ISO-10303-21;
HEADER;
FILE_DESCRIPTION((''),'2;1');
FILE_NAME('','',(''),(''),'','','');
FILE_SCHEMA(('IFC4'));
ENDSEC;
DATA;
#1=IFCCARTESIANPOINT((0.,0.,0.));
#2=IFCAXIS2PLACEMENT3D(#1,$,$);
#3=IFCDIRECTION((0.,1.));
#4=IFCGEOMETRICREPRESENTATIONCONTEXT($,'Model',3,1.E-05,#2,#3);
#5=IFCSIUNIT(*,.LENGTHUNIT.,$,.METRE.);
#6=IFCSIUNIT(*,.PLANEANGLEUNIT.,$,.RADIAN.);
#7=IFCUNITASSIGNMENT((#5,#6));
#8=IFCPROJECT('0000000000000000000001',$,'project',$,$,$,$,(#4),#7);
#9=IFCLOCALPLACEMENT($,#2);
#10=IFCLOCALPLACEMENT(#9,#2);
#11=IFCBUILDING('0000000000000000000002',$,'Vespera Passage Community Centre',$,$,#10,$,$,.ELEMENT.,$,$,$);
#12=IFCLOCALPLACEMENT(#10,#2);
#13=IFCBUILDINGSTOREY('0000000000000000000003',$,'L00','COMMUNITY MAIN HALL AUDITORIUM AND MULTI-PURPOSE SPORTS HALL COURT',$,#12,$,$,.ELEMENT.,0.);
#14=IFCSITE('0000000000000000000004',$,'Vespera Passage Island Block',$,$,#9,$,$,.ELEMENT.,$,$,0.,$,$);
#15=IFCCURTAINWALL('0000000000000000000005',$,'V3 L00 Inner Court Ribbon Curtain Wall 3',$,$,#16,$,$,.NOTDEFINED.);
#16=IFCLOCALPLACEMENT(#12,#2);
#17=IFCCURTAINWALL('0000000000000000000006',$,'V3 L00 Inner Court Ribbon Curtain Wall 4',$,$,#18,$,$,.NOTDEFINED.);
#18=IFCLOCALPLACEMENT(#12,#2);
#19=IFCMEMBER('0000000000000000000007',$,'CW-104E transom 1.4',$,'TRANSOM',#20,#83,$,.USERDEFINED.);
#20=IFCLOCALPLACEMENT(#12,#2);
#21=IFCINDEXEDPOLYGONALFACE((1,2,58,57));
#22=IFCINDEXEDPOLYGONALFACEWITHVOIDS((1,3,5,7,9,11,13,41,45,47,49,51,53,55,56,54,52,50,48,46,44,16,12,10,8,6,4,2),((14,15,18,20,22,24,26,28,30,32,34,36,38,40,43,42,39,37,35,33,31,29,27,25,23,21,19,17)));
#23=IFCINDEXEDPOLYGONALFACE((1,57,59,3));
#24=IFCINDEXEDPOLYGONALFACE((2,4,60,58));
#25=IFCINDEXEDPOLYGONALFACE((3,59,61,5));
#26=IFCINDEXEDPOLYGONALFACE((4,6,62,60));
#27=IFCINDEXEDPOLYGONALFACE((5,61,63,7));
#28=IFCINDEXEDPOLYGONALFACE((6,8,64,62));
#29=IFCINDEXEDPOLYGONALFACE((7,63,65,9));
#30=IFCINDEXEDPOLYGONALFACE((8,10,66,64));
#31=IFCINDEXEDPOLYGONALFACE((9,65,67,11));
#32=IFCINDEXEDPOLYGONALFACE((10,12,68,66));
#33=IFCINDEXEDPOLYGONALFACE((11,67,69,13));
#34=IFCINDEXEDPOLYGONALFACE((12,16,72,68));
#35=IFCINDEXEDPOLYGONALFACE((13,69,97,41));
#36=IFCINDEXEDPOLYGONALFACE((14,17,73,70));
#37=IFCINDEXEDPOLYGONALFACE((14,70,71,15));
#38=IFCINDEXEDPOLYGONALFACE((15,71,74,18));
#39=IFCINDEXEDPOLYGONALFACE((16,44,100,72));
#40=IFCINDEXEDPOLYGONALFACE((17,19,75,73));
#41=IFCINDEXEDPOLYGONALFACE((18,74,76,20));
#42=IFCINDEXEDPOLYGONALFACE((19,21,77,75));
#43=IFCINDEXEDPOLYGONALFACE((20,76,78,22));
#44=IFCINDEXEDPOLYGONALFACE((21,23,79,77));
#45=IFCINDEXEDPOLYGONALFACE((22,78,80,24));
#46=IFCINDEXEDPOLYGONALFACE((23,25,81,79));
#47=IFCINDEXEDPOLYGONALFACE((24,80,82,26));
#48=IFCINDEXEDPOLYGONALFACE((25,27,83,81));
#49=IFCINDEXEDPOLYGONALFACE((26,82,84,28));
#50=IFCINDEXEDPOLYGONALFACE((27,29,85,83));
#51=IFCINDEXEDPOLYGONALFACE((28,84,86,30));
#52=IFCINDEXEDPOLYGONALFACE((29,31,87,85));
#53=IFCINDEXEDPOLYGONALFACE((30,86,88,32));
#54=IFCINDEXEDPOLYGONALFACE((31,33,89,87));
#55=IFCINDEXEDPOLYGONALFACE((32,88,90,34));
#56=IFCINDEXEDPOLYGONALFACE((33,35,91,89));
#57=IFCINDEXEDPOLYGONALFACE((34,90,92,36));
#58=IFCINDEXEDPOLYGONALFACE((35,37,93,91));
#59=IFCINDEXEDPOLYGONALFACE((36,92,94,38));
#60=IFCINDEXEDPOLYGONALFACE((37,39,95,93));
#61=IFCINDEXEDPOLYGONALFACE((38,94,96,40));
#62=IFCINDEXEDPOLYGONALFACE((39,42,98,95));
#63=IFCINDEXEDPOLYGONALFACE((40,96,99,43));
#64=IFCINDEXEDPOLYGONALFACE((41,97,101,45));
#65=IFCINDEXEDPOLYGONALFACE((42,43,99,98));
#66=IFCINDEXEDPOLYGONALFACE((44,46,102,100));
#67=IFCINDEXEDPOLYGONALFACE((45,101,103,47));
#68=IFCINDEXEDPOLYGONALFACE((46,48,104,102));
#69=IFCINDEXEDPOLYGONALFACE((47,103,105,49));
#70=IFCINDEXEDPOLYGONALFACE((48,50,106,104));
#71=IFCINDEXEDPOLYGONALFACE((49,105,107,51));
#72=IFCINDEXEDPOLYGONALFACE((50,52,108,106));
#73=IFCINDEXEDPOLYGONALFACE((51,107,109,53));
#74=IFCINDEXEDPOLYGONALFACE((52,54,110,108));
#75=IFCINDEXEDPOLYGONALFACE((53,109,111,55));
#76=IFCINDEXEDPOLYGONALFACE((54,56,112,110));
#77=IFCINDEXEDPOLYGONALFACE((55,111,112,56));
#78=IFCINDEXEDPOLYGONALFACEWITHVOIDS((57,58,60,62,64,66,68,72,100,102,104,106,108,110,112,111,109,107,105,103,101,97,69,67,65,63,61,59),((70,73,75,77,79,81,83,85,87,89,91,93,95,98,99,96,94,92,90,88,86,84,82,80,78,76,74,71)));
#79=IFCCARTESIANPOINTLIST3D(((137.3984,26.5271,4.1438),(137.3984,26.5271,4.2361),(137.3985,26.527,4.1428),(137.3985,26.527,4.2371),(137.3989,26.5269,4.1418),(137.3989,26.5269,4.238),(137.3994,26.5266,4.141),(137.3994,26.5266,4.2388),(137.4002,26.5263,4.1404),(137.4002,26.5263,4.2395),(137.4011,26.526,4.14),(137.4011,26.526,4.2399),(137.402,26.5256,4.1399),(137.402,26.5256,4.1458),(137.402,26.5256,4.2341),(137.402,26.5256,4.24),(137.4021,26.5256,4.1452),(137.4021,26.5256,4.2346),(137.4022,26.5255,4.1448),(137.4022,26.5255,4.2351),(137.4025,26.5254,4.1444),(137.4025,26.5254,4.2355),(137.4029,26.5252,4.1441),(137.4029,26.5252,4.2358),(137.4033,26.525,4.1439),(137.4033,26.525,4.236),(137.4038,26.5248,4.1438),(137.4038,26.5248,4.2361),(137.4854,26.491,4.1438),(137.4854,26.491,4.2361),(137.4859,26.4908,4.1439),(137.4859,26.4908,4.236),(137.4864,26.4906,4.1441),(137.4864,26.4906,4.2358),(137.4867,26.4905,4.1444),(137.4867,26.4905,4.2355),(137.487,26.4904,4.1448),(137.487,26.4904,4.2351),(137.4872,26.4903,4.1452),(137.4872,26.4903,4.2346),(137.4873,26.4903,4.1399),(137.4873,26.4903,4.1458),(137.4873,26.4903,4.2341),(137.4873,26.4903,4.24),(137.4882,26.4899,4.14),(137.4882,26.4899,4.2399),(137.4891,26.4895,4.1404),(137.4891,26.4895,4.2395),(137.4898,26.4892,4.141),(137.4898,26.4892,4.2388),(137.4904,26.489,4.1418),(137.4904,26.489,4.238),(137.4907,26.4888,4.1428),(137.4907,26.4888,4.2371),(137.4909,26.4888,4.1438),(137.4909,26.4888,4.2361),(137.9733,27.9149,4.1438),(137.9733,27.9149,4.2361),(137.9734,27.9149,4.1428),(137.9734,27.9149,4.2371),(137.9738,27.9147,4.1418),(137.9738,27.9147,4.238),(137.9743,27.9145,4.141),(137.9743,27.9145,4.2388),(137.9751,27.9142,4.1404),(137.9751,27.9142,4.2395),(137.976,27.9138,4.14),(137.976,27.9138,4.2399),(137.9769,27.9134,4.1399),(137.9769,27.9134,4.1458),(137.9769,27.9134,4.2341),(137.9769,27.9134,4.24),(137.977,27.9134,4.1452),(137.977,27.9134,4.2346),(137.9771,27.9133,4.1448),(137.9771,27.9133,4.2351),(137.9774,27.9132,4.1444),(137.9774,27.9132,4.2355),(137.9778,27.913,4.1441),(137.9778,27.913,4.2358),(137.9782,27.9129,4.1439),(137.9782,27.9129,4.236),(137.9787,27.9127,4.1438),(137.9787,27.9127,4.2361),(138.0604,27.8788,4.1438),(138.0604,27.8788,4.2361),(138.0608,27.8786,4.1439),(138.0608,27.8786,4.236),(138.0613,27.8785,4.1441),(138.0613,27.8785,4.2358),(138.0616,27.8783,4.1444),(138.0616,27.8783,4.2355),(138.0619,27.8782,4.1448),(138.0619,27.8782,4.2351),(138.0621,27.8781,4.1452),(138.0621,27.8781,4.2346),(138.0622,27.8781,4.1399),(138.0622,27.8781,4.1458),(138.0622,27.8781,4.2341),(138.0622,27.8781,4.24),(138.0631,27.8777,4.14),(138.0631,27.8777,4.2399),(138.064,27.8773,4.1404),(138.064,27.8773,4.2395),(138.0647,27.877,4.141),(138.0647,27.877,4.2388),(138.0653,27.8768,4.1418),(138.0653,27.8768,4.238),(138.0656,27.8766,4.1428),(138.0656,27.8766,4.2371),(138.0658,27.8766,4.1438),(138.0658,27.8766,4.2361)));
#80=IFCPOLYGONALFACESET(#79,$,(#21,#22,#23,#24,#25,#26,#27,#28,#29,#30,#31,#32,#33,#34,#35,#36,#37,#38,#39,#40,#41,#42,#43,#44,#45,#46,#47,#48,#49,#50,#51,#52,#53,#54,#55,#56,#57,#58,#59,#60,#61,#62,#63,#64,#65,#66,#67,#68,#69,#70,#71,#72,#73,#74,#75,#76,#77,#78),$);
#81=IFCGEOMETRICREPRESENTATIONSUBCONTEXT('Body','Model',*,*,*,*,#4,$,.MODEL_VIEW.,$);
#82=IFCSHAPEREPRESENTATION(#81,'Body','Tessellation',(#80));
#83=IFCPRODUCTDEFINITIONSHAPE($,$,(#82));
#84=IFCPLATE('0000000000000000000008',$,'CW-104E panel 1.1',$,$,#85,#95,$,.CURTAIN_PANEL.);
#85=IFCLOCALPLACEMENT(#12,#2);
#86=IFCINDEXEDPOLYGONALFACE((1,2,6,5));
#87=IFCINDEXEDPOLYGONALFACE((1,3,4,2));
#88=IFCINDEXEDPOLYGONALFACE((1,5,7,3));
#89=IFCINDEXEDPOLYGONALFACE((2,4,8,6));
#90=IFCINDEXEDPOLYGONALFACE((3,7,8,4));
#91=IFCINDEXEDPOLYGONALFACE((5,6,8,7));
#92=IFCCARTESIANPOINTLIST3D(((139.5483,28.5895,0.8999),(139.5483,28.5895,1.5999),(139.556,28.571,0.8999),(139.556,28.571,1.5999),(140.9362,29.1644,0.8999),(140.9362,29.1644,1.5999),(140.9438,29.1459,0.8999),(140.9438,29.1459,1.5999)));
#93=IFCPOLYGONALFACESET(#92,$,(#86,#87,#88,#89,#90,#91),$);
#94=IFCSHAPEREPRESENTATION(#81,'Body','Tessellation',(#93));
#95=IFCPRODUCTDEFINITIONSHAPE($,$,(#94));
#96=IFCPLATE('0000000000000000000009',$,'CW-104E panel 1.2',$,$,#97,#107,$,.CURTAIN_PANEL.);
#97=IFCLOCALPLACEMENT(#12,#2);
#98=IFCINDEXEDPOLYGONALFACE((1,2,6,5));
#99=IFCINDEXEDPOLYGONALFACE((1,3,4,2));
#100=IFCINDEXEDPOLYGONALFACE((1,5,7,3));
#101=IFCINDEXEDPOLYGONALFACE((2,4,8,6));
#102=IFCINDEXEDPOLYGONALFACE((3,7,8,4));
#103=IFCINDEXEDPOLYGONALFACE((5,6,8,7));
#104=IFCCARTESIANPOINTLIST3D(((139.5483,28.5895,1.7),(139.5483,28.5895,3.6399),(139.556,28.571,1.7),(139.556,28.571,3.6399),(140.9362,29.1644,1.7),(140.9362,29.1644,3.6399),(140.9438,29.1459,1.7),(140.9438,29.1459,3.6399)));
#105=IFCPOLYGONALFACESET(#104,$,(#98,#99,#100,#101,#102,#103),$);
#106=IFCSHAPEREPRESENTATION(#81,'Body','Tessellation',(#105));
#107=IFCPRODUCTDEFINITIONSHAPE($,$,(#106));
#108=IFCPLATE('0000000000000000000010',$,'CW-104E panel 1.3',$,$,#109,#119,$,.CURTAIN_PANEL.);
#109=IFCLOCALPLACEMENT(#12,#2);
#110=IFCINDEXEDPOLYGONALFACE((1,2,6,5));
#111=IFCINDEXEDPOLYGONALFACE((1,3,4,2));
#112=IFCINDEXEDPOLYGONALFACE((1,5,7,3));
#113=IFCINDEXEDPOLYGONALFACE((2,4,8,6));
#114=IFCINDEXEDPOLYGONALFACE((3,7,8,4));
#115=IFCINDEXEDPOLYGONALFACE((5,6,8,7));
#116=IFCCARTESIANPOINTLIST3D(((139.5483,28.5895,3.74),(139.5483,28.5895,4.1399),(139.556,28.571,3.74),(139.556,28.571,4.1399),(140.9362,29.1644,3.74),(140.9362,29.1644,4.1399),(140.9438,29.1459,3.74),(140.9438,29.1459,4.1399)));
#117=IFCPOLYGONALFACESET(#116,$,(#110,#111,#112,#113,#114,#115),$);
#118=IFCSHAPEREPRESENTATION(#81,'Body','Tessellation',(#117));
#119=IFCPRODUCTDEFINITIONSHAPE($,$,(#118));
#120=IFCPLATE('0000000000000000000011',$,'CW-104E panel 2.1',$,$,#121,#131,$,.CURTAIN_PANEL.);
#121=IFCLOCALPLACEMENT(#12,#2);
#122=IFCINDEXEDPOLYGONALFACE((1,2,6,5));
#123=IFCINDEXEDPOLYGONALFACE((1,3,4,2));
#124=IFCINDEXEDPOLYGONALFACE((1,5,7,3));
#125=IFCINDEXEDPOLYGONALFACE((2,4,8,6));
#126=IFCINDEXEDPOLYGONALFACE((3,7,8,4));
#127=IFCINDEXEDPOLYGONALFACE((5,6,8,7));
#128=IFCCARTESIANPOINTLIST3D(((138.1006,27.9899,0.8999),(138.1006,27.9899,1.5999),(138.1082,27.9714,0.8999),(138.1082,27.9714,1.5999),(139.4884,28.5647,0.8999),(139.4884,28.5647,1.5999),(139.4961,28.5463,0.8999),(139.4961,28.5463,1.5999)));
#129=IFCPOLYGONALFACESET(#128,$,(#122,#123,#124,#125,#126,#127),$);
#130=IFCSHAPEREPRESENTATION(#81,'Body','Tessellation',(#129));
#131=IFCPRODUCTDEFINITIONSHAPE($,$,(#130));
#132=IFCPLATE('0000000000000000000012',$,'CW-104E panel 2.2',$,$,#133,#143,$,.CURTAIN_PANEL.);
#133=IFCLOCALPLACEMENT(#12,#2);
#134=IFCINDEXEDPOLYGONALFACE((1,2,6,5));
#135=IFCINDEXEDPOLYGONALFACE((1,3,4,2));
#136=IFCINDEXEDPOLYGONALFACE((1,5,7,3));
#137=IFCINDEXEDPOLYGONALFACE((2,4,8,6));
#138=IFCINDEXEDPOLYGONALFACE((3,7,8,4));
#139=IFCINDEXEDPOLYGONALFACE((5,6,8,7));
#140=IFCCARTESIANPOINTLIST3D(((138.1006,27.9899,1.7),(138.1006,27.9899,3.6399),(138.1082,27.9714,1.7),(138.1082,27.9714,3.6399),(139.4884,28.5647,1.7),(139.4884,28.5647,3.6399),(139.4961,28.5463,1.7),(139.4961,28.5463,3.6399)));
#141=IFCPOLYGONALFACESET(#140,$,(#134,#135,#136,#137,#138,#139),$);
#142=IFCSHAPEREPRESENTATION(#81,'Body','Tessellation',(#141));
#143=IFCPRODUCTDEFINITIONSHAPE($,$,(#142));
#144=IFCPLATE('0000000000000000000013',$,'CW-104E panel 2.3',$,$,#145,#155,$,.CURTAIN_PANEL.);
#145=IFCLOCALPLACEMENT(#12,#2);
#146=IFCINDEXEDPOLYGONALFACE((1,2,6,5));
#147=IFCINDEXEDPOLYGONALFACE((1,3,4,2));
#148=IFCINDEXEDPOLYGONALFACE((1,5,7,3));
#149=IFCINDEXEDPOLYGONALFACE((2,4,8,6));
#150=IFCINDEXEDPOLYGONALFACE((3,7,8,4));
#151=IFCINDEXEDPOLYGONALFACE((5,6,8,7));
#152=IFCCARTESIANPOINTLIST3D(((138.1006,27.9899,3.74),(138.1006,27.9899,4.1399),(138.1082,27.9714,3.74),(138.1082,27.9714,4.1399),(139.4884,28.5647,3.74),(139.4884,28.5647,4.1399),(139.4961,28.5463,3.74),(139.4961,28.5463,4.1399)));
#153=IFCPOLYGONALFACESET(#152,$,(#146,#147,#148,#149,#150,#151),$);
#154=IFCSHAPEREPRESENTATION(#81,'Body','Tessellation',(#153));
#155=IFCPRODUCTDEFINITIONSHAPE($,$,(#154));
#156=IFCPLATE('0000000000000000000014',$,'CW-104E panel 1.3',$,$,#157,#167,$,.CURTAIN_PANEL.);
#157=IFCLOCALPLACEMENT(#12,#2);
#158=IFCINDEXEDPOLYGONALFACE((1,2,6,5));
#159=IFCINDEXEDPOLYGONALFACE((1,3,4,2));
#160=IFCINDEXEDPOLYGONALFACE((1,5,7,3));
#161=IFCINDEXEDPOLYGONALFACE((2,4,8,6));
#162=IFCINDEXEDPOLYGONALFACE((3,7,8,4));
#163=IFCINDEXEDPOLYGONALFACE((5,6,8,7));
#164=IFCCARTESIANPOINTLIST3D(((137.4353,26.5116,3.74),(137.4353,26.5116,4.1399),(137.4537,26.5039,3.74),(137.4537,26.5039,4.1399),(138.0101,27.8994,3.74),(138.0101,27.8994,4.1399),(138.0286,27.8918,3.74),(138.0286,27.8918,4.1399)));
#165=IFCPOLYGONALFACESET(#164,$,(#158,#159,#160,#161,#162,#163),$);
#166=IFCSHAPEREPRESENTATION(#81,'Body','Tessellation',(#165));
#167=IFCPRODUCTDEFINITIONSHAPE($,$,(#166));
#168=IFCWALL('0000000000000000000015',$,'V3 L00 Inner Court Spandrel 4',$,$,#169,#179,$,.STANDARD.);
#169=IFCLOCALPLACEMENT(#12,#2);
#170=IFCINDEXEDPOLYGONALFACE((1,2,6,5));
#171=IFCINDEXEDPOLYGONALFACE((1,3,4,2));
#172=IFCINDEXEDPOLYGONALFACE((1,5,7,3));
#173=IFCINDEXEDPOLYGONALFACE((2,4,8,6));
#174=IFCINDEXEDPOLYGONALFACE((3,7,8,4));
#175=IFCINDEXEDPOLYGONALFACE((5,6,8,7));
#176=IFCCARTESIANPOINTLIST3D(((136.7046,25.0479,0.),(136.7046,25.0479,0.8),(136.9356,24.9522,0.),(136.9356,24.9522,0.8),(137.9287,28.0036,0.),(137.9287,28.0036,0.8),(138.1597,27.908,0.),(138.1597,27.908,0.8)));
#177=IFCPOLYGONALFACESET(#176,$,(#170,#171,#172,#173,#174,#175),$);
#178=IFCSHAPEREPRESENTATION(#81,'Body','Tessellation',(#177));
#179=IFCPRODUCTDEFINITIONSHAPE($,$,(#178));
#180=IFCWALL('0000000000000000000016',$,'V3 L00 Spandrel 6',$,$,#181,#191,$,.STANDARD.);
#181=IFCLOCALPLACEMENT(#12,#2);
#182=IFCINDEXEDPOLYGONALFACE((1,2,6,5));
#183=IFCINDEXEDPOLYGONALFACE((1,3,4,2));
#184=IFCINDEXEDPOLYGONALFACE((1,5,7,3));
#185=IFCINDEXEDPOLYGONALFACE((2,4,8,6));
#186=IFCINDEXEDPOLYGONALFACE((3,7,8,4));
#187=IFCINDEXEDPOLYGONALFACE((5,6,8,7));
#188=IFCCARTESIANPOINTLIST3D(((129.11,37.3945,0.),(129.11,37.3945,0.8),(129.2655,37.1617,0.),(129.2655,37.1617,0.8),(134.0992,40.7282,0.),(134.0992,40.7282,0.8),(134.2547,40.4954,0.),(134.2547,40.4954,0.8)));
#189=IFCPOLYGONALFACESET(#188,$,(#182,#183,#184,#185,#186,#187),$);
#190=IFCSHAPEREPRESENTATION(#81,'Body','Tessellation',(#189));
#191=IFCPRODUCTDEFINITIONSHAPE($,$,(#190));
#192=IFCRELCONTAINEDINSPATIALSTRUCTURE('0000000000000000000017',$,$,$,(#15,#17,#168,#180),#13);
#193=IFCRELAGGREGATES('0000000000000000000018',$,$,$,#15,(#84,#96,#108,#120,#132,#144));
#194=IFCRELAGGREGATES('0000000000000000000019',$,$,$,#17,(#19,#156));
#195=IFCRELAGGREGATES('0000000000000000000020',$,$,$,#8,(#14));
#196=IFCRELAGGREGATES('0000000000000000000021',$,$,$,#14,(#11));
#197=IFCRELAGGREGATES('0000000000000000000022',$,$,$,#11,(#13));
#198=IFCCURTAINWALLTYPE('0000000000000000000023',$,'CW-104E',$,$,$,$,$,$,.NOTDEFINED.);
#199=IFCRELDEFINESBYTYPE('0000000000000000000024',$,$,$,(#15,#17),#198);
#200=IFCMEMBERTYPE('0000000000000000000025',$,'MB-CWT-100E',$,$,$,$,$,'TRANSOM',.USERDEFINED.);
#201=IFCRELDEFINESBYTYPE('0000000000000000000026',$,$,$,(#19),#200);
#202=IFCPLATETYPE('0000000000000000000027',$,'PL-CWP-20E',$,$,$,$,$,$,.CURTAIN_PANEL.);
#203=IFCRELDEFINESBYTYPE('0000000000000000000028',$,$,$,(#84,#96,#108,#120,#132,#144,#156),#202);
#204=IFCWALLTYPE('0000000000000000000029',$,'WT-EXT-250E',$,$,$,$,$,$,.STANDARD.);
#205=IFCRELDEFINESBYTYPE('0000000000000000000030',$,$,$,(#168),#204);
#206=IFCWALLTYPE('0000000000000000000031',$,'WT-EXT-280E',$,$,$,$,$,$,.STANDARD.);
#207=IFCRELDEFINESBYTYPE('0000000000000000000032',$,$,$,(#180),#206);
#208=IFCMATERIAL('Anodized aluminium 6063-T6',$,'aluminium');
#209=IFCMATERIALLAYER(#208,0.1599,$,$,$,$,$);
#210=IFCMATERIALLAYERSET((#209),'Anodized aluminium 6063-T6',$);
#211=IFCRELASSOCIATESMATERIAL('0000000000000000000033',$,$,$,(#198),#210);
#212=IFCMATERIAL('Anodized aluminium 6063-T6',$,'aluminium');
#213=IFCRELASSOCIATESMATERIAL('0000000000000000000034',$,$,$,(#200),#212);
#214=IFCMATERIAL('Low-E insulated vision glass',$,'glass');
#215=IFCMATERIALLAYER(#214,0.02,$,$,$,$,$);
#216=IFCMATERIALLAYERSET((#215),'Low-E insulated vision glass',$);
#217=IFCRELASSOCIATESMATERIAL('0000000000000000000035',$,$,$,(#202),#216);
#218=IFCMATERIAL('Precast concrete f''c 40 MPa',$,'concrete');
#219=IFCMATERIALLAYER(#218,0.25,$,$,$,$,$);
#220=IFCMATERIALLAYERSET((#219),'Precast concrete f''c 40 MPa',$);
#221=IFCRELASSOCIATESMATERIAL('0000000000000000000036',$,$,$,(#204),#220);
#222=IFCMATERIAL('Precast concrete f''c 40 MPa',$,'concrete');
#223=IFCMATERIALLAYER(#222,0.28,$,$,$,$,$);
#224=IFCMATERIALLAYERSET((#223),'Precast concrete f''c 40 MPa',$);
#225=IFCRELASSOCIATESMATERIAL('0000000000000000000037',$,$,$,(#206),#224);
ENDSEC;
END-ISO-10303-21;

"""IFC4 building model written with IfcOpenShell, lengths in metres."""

from ifc_helpers import new_model, si_unit, direction, frame, frame_2d, origin, origin_2d, place, context, subcontext, project, spatial, rectangle, hollow_rectangle, extrude, material, layer, layer_set, material_profile, profile_set, type_object, element, aggregate, save


model = new_model("IFC4")

# Units and contexts
model_context = context("Model", 3, precision=1e-05, world=origin(), true_north=direction((0.0, 1.0)))
body_context = subcontext(model_context, "Body", "Model", "MODEL_VIEW")
ifc_project = project(units=[si_unit("LENGTHUNIT", "METRE"), si_unit("PLANEANGLEUNIT", "RADIAN")], contexts=[model_context])

# Site, building, storey
site_placement = place(None, origin())
site = spatial("IfcSite", under=ifc_project, at=site_placement, Name="Vespera Passage Island Block", CompositionType="ELEMENT", RefElevation=0.0)
building_placement = place(site_placement, origin())
building = spatial("IfcBuilding", under=site, at=building_placement, Name="Vespera Passage Community Centre", CompositionType="ELEMENT")
storey_placement = place(building_placement, origin())
storey = spatial("IfcBuildingStorey", under=building, at=storey_placement, Name="L00", Description="COMMUNITY MAIN HALL AUDITORIUM AND MULTI-PURPOSE SPORTS HALL COURT", CompositionType="ELEMENT", Elevation=0.0)

# Curtain wall
ifc_material_1 = material(Name="Anodized aluminium 6063-T6", Category="aluminium")
ifc_layer_1 = layer(ifc_material_1, 0.1599)
ifc_layer_set_1 = layer_set([ifc_layer_1], Name="Anodized aluminium 6063-T6")
curtain_wall_type = type_object("IfcCurtainWallType", Name="CW-104E", PredefinedType="NOTDEFINED", material=ifc_layer_set_1)
curtain_wall_1_placement = place(storey_placement, origin())
curtain_wall_1 = element("IfcCurtainWall", 1, at=curtain_wall_1_placement, inside=storey, type_object=curtain_wall_type, Name="V3 L00 Inner Court Ribbon Curtain Wall 3", PredefinedType="NOTDEFINED")

# Curtain wall
curtain_wall_2_placement = place(storey_placement, origin())
curtain_wall_2 = element("IfcCurtainWall", 2, at=curtain_wall_2_placement, inside=storey, type_object=curtain_wall_type, Name="V3 L00 Inner Court Ribbon Curtain Wall 4", PredefinedType="NOTDEFINED")

# Member
ifc_material_2 = material(Name="Anodized aluminium 6063-T6", Category="aluminium")
ifc_material_profile_1 = material_profile(ifc_material_2, hollow_rectangle(XDim=0.1001, YDim=0.1001, WallThickness=0.0039, InnerFilletRadius=0.002, OuterFilletRadius=0.0039, at=origin_2d()), Name="ALU100X100X4")
ifc_profile_set_1 = profile_set([ifc_material_profile_1], Name="Anodized aluminium 6063-T6")
member_type_1 = type_object("IfcMemberType", Name="MB-CWT-100E", ElementType="TRANSOM", PredefinedType="USERDEFINED", material=ifc_profile_set_1)
member_1_placement = place(storey_placement, frame((138.0195, 27.8958, 4.1899), z_axis=(-0.382711, -0.923868, 0.0), x_axis=(0.923868, -0.382711, 0.0)))
member_1 = element("IfcMember", 3, at=member_1_placement, type_object=member_type_1, Name="CW-104E transom 1.4", ObjectType="TRANSOM", PredefinedType="USERDEFINED", context=body_context, shape_type="SweptSolid", body=[
    extrude(hollow_rectangle(XDim=0.1001, YDim=0.1001, WallThickness=0.0039, InnerFilletRadius=0.002, OuterFilletRadius=0.0039, at=origin_2d()), origin(), (0.0, 0.0, 1.0), 1.5022),
])

# Plates
ifc_material_3 = material(Name="Low-E insulated vision glass", Category="glass")
ifc_layer_2 = layer(ifc_material_3, 0.02)
ifc_layer_set_2 = layer_set([ifc_layer_2], Name="Low-E insulated vision glass")
plate_type = type_object("IfcPlateType", Name="PL-CWP-20E", PredefinedType="CURTAIN_PANEL", material=ifc_layer_set_2)
plate_1_placement = place(storey_placement, frame((140.2461, 28.8677, 0.8999), z_axis=(0.0, 0.0, 1.0), x_axis=(-0.923879, -0.382686, 0.0)))
plate_1 = element("IfcPlate", 4, at=plate_1_placement, type_object=plate_type, Name="CW-104E panel 1.1", PredefinedType="CURTAIN_PANEL", context=body_context, shape_type="SweptSolid", body=[
    extrude(rectangle(XDim=1.5022, YDim=0.02, at=origin_2d()), origin(), (0.0, 0.0, 1.0), 0.7),
])
plate_2_placement = place(storey_placement, frame((140.2461, 28.8677, 1.7), z_axis=(0.0, 0.0, 1.0), x_axis=(-0.923879, -0.382686, 0.0)))
plate_2 = element("IfcPlate", 5, at=plate_2_placement, type_object=plate_type, Name="CW-104E panel 1.2", PredefinedType="CURTAIN_PANEL", context=body_context, shape_type="SweptSolid", body=[
    extrude(rectangle(XDim=1.5022, YDim=0.02, at=origin_2d()), origin(), (0.0, 0.0, 1.0), 1.9399),
])
plate_3_placement = place(storey_placement, frame((140.2461, 28.8677, 3.74), z_axis=(0.0, 0.0, 1.0), x_axis=(-0.923879, -0.382686, 0.0)))
plate_3 = element("IfcPlate", 6, at=plate_3_placement, type_object=plate_type, Name="CW-104E panel 1.3", PredefinedType="CURTAIN_PANEL", context=body_context, shape_type="SweptSolid", body=[
    extrude(rectangle(XDim=1.5022, YDim=0.02, at=origin_2d()), origin(), (0.0, 0.0, 1.0), 0.3999),
])
plate_4_placement = place(storey_placement, frame((138.7983, 28.2681, 0.8999), z_axis=(0.0, 0.0, 1.0), x_axis=(-0.923879, -0.382686, 0.0)))
plate_4 = element("IfcPlate", 7, at=plate_4_placement, type_object=plate_type, Name="CW-104E panel 2.1", PredefinedType="CURTAIN_PANEL", context=body_context, shape_type="SweptSolid", body=[
    extrude(rectangle(XDim=1.5022, YDim=0.02, at=origin_2d()), origin(), (0.0, 0.0, 1.0), 0.7),
])
plate_5_placement = place(storey_placement, frame((138.7983, 28.2681, 1.7), z_axis=(0.0, 0.0, 1.0), x_axis=(-0.923879, -0.382686, 0.0)))
plate_5 = element("IfcPlate", 8, at=plate_5_placement, type_object=plate_type, Name="CW-104E panel 2.2", PredefinedType="CURTAIN_PANEL", context=body_context, shape_type="SweptSolid", body=[
    extrude(rectangle(XDim=1.5022, YDim=0.02, at=origin_2d()), origin(), (0.0, 0.0, 1.0), 1.9399),
])
plate_6_placement = place(storey_placement, frame((138.7983, 28.2681, 3.74), z_axis=(0.0, 0.0, 1.0), x_axis=(-0.923879, -0.382686, 0.0)))
plate_6 = element("IfcPlate", 9, at=plate_6_placement, type_object=plate_type, Name="CW-104E panel 2.3", PredefinedType="CURTAIN_PANEL", context=body_context, shape_type="SweptSolid", body=[
    extrude(rectangle(XDim=1.5022, YDim=0.02, at=origin_2d()), origin(), (0.0, 0.0, 1.0), 0.3999),
])
aggregate(curtain_wall_1, [plate_1, plate_2, plate_3, plate_4, plate_5, plate_6])
plate_7_placement = place(storey_placement, frame((137.7319, 27.2017, 3.74), z_axis=(0.0, 0.0, 1.0), x_axis=(-0.382686, -0.923879, 0.0)))
plate_7 = element("IfcPlate", 10, at=plate_7_placement, type_object=plate_type, Name="CW-104E panel 1.3", PredefinedType="CURTAIN_PANEL", context=body_context, shape_type="SweptSolid", body=[
    extrude(rectangle(XDim=1.5022, YDim=0.02, at=origin_2d()), origin(), (0.0, 0.0, 1.0), 0.3999),
])
aggregate(curtain_wall_2, [member_1, plate_7])

# Walls
ifc_material_4 = material(Name="Precast concrete f'c 40 MPa", Category="concrete")
ifc_layer_3 = layer(ifc_material_4, 0.25)
ifc_layer_set_3 = layer_set([ifc_layer_3], Name="Precast concrete f'c 40 MPa")
wall_type_1 = type_object("IfcWallType", Name="WT-EXT-250E", PredefinedType="STANDARD", material=ifc_layer_set_3)
wall_1_placement = place(storey_placement, frame((138.0442, 27.9558, 0.0), z_axis=(0.0, 0.0, 1.0), x_axis=(-0.382626, -0.923903, 0.0)))
element("IfcWall", 11, at=wall_1_placement, inside=storey, type_object=wall_type_1, Name="V3 L00 Inner Court Spandrel 4", PredefinedType="STANDARD", context=body_context, shape_type="SweptSolid", body=[
    extrude(rectangle(XDim=3.1992, YDim=0.25, at=frame_2d((1.5996, 0.0))), origin(), (0.0, 0.0, 1.0), 0.8),
])
ifc_material_5 = material(Name="Precast concrete f'c 40 MPa", Category="concrete")
ifc_layer_4 = layer(ifc_material_5, 0.28)
ifc_layer_set_4 = layer_set([ifc_layer_4], Name="Precast concrete f'c 40 MPa")
wall_type_2 = type_object("IfcWallType", Name="WT-EXT-280E", PredefinedType="STANDARD", material=ifc_layer_set_4)
wall_2_placement = place(storey_placement, frame((129.1877, 37.2781, 0.0), z_axis=(0.0, 0.0, 1.0), x_axis=(0.831468, 0.555573, 0.0)))
element("IfcWall", 12, at=wall_2_placement, inside=storey, type_object=wall_type_2, Name="V3 L00 Spandrel 6", PredefinedType="STANDARD", context=body_context, shape_type="SweptSolid", body=[
    extrude(rectangle(XDim=6.0005, YDim=0.28, at=frame_2d((3.0002, 0.0))), origin(), (0.0, 0.0, 1.0), 0.8),
])

save(model, "model.ifc")
